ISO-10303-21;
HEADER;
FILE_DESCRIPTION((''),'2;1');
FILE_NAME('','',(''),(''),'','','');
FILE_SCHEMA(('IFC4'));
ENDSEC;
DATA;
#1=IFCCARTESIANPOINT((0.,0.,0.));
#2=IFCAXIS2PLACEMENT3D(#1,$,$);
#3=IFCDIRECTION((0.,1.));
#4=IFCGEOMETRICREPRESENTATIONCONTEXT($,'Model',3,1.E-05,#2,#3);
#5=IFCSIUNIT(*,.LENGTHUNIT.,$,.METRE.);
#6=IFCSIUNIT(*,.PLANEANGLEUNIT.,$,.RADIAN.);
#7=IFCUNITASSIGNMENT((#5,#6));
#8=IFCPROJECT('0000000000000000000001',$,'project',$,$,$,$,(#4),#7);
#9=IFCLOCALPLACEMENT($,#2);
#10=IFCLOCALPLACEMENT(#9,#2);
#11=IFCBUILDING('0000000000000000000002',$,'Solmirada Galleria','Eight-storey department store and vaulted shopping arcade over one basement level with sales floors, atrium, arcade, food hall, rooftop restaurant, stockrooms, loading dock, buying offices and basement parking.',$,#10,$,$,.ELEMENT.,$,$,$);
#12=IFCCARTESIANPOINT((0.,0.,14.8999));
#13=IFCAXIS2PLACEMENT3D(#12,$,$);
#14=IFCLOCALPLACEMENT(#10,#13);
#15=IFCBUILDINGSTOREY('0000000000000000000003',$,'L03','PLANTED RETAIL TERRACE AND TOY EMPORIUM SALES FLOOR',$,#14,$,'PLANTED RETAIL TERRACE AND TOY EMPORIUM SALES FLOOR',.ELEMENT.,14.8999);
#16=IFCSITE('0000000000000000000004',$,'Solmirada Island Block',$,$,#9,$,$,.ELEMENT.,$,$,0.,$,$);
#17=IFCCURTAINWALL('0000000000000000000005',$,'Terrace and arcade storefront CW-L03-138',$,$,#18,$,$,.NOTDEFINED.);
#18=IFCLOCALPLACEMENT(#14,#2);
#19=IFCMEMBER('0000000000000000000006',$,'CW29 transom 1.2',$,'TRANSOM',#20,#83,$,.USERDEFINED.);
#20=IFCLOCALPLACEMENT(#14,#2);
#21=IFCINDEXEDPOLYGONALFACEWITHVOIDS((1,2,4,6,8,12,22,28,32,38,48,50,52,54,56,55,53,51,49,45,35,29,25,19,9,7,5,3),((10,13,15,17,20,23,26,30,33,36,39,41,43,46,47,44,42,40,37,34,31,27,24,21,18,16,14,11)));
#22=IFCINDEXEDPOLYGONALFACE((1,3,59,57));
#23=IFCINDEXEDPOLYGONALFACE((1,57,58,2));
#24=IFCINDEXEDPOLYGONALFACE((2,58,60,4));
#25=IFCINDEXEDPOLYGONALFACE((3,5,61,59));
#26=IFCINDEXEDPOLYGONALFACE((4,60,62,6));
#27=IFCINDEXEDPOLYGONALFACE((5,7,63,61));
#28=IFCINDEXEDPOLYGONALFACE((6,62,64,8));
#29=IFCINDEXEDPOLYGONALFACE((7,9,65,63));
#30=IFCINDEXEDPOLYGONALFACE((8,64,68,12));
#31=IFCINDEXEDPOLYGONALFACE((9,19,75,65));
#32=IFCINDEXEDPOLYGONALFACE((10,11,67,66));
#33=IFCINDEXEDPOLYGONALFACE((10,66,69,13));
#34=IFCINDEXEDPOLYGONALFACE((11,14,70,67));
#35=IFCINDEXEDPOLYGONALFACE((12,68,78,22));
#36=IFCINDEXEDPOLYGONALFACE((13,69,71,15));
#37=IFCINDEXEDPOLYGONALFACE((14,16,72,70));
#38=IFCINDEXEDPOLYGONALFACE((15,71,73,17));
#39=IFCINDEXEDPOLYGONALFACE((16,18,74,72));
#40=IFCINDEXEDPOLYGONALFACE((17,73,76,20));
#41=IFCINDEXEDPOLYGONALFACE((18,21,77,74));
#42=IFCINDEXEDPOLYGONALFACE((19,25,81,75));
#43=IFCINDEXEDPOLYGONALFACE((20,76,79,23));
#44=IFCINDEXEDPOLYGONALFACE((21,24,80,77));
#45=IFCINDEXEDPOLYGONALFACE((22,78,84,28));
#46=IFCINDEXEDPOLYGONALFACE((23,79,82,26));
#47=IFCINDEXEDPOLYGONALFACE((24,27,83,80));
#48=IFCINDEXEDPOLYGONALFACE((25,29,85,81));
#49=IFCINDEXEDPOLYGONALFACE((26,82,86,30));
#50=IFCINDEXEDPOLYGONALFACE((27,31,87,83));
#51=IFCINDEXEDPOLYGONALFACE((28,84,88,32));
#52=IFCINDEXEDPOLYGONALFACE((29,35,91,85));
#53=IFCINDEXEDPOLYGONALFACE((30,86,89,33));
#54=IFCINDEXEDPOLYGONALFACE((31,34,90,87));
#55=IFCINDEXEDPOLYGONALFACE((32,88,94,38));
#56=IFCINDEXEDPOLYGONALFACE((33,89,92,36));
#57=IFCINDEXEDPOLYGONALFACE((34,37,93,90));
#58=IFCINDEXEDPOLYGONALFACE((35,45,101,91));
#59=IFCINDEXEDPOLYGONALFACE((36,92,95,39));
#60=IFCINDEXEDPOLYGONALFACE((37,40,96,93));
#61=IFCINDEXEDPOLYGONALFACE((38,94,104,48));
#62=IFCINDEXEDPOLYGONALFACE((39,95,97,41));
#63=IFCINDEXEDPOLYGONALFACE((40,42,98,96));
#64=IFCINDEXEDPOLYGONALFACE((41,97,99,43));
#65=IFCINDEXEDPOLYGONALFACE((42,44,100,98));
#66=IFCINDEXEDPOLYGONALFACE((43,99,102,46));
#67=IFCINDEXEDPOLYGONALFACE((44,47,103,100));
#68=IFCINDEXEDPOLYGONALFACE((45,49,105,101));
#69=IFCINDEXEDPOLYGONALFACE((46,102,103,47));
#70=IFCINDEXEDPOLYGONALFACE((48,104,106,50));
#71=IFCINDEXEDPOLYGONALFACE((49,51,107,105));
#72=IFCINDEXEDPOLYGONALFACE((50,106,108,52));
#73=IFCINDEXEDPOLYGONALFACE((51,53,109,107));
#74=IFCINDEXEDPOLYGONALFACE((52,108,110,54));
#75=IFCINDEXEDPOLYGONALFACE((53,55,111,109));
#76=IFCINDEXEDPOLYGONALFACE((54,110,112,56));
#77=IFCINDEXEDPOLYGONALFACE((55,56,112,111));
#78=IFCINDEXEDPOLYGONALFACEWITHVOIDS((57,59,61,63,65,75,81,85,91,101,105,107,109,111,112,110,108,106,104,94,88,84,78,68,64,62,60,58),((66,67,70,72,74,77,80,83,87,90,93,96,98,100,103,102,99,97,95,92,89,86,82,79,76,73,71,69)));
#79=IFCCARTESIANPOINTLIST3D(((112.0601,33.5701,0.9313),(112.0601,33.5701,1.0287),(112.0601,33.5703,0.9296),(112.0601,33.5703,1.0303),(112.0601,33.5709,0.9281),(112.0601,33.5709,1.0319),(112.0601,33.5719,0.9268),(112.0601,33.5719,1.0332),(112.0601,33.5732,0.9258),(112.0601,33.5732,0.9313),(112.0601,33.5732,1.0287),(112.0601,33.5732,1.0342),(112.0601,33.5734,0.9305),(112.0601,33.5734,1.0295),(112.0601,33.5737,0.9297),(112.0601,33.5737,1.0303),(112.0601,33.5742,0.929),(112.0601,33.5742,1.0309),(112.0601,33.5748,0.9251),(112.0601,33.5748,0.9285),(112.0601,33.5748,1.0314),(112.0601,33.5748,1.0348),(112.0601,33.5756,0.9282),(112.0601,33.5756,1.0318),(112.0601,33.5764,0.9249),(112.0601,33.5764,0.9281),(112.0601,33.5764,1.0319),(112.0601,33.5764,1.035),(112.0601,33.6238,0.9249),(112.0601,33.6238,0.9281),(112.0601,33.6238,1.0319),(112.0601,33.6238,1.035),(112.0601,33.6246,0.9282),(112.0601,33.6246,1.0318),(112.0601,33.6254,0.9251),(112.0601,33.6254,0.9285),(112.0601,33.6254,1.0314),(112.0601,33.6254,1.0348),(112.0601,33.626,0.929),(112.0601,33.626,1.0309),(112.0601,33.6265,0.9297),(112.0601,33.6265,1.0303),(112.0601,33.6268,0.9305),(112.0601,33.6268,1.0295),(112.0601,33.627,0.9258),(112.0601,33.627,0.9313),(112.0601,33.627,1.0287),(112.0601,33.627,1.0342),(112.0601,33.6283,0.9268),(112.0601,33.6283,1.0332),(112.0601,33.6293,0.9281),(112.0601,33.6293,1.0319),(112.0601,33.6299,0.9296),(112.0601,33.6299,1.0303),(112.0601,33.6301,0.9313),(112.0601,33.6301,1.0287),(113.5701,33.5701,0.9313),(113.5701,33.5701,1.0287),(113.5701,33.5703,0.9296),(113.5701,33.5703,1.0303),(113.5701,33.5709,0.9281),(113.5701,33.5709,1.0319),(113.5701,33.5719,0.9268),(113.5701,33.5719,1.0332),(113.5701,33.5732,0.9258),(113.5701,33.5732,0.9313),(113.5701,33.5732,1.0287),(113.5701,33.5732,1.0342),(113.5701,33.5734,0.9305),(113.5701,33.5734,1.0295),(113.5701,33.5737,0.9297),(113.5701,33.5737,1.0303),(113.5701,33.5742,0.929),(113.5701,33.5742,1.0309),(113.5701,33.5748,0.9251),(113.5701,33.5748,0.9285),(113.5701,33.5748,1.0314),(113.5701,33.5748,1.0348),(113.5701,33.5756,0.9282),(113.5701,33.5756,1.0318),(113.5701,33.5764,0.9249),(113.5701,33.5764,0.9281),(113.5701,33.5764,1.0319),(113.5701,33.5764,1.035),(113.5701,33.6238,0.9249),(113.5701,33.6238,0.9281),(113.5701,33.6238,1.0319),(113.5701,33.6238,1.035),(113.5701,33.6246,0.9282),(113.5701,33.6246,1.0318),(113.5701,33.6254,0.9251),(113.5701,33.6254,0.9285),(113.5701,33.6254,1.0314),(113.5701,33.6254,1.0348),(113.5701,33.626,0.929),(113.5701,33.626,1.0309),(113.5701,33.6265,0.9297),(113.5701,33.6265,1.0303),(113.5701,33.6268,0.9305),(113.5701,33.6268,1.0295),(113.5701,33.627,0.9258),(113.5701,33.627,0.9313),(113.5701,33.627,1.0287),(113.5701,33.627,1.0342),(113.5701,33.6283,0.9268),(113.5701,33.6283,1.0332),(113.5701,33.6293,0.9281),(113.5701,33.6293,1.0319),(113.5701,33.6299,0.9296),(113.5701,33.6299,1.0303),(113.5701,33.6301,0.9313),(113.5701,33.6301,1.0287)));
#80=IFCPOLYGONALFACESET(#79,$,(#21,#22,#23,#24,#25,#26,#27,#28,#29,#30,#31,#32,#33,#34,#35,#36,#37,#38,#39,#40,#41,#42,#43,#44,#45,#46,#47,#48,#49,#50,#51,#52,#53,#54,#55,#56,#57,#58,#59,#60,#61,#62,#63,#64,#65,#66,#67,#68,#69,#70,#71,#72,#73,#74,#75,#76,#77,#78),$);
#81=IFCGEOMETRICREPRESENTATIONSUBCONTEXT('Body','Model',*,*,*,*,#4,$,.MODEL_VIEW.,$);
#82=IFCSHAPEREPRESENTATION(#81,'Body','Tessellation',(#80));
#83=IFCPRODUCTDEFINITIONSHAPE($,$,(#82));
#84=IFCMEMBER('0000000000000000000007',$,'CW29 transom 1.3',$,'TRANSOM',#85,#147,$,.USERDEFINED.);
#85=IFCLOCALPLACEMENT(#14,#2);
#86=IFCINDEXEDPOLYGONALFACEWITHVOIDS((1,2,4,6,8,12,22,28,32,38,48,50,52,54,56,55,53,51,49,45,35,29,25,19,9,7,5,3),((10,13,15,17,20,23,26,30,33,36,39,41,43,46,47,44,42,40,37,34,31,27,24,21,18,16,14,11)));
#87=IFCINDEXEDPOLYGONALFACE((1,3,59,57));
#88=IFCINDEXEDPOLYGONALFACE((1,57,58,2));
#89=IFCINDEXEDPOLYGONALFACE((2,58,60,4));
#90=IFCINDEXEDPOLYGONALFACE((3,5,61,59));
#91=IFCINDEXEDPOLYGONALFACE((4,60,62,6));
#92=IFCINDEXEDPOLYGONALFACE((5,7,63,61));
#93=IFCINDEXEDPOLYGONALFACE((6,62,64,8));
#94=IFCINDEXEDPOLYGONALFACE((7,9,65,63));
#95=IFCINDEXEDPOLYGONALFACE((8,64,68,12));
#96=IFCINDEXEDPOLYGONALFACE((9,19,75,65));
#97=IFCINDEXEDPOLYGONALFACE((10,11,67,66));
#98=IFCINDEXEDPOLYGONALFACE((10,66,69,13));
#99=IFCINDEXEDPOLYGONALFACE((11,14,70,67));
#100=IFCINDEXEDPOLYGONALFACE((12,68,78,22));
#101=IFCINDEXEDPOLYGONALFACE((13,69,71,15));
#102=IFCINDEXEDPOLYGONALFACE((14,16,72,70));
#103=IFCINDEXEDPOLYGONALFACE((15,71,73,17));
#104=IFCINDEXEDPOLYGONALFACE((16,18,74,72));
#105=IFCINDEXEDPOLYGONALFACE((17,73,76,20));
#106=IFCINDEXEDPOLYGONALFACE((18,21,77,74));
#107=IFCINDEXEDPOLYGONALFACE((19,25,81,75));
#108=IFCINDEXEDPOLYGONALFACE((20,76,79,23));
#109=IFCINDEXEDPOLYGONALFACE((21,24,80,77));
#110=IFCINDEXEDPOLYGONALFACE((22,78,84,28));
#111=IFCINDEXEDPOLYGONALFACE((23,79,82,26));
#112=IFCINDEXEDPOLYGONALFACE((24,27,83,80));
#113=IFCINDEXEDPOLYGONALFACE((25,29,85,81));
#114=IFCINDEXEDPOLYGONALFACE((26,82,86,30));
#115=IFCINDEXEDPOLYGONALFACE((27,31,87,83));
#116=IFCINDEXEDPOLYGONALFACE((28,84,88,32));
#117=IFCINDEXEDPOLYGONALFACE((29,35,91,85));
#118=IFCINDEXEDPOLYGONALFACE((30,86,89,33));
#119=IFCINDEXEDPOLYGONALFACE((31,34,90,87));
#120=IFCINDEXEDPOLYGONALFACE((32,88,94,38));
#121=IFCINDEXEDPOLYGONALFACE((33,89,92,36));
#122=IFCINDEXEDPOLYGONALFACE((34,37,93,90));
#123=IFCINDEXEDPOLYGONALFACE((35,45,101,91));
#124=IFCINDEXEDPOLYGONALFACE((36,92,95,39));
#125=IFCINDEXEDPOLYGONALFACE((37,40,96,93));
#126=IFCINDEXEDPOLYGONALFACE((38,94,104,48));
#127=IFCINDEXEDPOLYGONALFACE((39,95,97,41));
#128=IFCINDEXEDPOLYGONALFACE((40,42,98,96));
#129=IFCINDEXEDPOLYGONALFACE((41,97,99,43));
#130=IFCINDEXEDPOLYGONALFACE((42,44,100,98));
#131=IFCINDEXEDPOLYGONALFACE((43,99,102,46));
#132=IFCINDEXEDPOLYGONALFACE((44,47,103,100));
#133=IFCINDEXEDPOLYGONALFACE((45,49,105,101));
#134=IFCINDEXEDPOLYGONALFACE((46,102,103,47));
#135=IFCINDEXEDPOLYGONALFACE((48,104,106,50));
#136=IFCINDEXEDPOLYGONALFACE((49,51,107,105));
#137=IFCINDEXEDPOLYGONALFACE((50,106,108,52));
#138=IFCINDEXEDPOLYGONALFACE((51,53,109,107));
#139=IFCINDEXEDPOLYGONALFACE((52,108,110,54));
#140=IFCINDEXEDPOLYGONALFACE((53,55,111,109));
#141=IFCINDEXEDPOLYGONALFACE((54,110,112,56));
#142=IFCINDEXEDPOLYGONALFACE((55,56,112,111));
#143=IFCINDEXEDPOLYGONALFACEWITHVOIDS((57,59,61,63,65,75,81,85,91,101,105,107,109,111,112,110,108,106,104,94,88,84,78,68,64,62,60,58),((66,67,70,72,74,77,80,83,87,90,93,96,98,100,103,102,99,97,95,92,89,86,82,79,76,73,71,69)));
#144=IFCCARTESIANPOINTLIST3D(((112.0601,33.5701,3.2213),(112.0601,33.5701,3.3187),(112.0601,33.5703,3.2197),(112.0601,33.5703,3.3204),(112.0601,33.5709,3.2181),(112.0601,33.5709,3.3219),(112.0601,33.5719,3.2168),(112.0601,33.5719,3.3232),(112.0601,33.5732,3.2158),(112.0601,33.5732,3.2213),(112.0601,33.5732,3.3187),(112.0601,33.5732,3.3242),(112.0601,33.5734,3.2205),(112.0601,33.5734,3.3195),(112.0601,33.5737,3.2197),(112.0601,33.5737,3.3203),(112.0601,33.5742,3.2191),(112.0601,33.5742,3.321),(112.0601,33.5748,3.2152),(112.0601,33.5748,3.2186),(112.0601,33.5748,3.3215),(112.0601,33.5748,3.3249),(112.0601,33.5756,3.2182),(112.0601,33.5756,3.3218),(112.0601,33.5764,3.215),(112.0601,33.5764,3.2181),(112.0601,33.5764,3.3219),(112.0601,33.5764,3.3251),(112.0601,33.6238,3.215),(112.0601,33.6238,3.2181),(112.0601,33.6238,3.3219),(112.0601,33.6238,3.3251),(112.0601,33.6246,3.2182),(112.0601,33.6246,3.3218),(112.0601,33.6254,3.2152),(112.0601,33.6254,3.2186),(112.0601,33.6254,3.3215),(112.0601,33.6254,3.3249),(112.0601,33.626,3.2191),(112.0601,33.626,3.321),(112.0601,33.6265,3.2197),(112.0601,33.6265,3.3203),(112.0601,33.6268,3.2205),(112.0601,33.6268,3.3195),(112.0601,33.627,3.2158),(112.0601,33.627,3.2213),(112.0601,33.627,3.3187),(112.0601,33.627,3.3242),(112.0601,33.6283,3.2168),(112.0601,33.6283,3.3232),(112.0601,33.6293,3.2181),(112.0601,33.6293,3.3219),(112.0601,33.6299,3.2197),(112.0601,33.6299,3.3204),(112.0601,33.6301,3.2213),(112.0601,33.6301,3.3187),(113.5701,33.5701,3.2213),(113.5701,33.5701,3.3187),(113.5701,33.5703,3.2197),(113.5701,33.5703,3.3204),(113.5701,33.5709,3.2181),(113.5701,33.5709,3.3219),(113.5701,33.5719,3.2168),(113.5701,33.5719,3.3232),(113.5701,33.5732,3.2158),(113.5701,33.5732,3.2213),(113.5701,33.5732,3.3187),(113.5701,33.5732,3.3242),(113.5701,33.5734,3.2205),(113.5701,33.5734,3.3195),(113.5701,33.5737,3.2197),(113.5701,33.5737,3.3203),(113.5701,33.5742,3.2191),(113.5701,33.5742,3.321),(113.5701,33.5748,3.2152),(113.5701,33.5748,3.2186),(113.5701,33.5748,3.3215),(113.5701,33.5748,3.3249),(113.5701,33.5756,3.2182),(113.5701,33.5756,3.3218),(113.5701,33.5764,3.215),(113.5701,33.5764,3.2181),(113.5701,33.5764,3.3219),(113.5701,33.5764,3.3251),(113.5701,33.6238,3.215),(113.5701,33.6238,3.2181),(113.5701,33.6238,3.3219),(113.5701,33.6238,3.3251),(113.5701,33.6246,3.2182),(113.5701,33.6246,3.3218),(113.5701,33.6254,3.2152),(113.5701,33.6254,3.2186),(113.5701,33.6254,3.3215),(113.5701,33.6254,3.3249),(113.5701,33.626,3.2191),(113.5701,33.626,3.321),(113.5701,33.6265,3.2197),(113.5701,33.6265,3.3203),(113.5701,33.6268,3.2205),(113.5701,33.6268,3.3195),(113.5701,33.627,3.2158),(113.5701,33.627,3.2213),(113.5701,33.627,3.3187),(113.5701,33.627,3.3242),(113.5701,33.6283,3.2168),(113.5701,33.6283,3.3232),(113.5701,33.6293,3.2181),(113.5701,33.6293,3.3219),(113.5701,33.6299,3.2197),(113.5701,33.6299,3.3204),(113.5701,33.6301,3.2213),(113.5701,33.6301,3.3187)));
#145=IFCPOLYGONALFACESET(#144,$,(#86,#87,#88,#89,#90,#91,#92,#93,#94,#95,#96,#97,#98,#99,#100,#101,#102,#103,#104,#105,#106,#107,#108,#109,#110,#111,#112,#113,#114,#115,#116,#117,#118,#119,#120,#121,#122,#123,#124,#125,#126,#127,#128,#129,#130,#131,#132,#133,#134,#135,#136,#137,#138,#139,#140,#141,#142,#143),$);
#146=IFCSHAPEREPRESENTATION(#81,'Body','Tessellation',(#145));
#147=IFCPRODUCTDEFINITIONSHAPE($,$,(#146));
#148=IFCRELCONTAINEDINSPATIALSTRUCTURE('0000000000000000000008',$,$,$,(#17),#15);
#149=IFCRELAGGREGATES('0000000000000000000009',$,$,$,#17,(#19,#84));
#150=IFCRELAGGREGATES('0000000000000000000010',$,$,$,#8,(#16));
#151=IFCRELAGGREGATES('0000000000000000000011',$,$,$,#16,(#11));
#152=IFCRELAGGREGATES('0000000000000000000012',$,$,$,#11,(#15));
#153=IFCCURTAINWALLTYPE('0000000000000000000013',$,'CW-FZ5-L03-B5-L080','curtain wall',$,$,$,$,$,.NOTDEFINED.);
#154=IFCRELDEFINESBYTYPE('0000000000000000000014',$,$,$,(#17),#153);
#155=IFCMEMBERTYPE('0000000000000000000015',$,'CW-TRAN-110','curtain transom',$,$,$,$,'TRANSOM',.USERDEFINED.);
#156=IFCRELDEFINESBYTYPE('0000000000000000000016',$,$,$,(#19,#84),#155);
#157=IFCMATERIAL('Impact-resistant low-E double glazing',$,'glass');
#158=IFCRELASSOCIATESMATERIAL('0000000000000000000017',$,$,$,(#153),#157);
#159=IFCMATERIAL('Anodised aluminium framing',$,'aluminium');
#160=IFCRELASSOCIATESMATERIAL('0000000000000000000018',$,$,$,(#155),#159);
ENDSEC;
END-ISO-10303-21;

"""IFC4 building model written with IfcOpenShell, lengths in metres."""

from ifc_helpers import new_model, si_unit, direction, frame, origin, origin_2d, place, context, subcontext, project, spatial, hollow_rectangle, extrude, material, material_profile, profile_set, type_object, element, aggregate, save


model = new_model("IFC4")

# Units and contexts
model_context = context("Model", 3, precision=1e-05, world=origin(), true_north=direction((0.0, 1.0)))
body_context = subcontext(model_context, "Body", "Model", "MODEL_VIEW")
ifc_project = project(units=[si_unit("LENGTHUNIT", "METRE"), si_unit("PLANEANGLEUNIT", "RADIAN")], contexts=[model_context])

# Site, building, storey
site_placement = place(None, origin())
site = spatial("IfcSite", under=ifc_project, at=site_placement, Name="Solmirada Island Block", CompositionType="ELEMENT", RefElevation=0.0)
building_placement = place(site_placement, origin())
building = spatial("IfcBuilding", under=site, at=building_placement, Name="Solmirada Galleria", Description="Eight-storey department store and vaulted shopping arcade over one basement level with sales floors, atrium, arcade, food hall, rooftop restaurant, stockrooms, loading dock, buying offices and basement parking.", CompositionType="ELEMENT")
storey_placement = place(building_placement, frame((0.0, 0.0, 14.8999)))
storey = spatial("IfcBuildingStorey", under=building, at=storey_placement, Name="L03", Description="PLANTED RETAIL TERRACE AND TOY EMPORIUM SALES FLOOR", LongName="PLANTED RETAIL TERRACE AND TOY EMPORIUM SALES FLOOR", CompositionType="ELEMENT", Elevation=14.8999)

# Curtain wall
ifc_material_1 = material(Name="Impact-resistant low-E double glazing", Category="glass")
curtain_wall_type = type_object("IfcCurtainWallType", Name="CW-FZ5-L03-B5-L080", Description="curtain wall", PredefinedType="NOTDEFINED", material=ifc_material_1)
ifc_material_2 = material(Name="Anodised aluminium framing", Category="aluminium")
curtain_wall_1_placement = place(storey_placement, origin())
curtain_wall_1 = element("IfcCurtainWall", 1, at=curtain_wall_1_placement, inside=storey, type_object=curtain_wall_type, Name="Terrace and arcade storefront CW-L03-138", PredefinedType="NOTDEFINED")

# Members
ifc_material_profile_1 = material_profile(ifc_material_2, hollow_rectangle(XDim=0.0601, YDim=0.1101, WallThickness=0.0032, InnerFilletRadius=0.0032, OuterFilletRadius=0.0063, at=origin_2d()), Name="ALU-TRAN-110X60")
ifc_profile_set_1 = profile_set([ifc_material_profile_1], Name="Anodised aluminium framing")
member_type_1 = type_object("IfcMemberType", Name="CW-TRAN-110", Description="curtain transom", ElementType="TRANSOM", PredefinedType="USERDEFINED", material=ifc_profile_set_1)
member_1_placement = place(storey_placement, frame((112.0601, 33.6001, 0.98), z_axis=(1.0, 0.0, 0.0), x_axis=(0.0, 1.0, 0.0)))
member_1 = element("IfcMember", 2, at=member_1_placement, type_object=member_type_1, Name="CW29 transom 1.2", ObjectType="TRANSOM", PredefinedType="USERDEFINED", context=body_context, shape_type="SweptSolid", body=[
    extrude(hollow_rectangle(XDim=0.0601, YDim=0.1101, WallThickness=0.0032, InnerFilletRadius=0.0032, OuterFilletRadius=0.0063, at=origin_2d()), origin(), (0.0, 0.0, 1.0), 1.51),
])
member_2_placement = place(storey_placement, frame((112.0601, 33.6001, 3.27), z_axis=(1.0, 0.0, 0.0), x_axis=(0.0, 1.0, 0.0)))
member_2 = element("IfcMember", 3, at=member_2_placement, type_object=member_type_1, Name="CW29 transom 1.3", ObjectType="TRANSOM", PredefinedType="USERDEFINED", context=body_context, shape_type="SweptSolid", body=[
    extrude(hollow_rectangle(XDim=0.0601, YDim=0.1101, WallThickness=0.0032, InnerFilletRadius=0.0032, OuterFilletRadius=0.0063, at=origin_2d()), origin(), (0.0, 0.0, 1.0), 1.51),
])

aggregate(curtain_wall_1, [member_1, member_2])

save(model, "model.ifc")
